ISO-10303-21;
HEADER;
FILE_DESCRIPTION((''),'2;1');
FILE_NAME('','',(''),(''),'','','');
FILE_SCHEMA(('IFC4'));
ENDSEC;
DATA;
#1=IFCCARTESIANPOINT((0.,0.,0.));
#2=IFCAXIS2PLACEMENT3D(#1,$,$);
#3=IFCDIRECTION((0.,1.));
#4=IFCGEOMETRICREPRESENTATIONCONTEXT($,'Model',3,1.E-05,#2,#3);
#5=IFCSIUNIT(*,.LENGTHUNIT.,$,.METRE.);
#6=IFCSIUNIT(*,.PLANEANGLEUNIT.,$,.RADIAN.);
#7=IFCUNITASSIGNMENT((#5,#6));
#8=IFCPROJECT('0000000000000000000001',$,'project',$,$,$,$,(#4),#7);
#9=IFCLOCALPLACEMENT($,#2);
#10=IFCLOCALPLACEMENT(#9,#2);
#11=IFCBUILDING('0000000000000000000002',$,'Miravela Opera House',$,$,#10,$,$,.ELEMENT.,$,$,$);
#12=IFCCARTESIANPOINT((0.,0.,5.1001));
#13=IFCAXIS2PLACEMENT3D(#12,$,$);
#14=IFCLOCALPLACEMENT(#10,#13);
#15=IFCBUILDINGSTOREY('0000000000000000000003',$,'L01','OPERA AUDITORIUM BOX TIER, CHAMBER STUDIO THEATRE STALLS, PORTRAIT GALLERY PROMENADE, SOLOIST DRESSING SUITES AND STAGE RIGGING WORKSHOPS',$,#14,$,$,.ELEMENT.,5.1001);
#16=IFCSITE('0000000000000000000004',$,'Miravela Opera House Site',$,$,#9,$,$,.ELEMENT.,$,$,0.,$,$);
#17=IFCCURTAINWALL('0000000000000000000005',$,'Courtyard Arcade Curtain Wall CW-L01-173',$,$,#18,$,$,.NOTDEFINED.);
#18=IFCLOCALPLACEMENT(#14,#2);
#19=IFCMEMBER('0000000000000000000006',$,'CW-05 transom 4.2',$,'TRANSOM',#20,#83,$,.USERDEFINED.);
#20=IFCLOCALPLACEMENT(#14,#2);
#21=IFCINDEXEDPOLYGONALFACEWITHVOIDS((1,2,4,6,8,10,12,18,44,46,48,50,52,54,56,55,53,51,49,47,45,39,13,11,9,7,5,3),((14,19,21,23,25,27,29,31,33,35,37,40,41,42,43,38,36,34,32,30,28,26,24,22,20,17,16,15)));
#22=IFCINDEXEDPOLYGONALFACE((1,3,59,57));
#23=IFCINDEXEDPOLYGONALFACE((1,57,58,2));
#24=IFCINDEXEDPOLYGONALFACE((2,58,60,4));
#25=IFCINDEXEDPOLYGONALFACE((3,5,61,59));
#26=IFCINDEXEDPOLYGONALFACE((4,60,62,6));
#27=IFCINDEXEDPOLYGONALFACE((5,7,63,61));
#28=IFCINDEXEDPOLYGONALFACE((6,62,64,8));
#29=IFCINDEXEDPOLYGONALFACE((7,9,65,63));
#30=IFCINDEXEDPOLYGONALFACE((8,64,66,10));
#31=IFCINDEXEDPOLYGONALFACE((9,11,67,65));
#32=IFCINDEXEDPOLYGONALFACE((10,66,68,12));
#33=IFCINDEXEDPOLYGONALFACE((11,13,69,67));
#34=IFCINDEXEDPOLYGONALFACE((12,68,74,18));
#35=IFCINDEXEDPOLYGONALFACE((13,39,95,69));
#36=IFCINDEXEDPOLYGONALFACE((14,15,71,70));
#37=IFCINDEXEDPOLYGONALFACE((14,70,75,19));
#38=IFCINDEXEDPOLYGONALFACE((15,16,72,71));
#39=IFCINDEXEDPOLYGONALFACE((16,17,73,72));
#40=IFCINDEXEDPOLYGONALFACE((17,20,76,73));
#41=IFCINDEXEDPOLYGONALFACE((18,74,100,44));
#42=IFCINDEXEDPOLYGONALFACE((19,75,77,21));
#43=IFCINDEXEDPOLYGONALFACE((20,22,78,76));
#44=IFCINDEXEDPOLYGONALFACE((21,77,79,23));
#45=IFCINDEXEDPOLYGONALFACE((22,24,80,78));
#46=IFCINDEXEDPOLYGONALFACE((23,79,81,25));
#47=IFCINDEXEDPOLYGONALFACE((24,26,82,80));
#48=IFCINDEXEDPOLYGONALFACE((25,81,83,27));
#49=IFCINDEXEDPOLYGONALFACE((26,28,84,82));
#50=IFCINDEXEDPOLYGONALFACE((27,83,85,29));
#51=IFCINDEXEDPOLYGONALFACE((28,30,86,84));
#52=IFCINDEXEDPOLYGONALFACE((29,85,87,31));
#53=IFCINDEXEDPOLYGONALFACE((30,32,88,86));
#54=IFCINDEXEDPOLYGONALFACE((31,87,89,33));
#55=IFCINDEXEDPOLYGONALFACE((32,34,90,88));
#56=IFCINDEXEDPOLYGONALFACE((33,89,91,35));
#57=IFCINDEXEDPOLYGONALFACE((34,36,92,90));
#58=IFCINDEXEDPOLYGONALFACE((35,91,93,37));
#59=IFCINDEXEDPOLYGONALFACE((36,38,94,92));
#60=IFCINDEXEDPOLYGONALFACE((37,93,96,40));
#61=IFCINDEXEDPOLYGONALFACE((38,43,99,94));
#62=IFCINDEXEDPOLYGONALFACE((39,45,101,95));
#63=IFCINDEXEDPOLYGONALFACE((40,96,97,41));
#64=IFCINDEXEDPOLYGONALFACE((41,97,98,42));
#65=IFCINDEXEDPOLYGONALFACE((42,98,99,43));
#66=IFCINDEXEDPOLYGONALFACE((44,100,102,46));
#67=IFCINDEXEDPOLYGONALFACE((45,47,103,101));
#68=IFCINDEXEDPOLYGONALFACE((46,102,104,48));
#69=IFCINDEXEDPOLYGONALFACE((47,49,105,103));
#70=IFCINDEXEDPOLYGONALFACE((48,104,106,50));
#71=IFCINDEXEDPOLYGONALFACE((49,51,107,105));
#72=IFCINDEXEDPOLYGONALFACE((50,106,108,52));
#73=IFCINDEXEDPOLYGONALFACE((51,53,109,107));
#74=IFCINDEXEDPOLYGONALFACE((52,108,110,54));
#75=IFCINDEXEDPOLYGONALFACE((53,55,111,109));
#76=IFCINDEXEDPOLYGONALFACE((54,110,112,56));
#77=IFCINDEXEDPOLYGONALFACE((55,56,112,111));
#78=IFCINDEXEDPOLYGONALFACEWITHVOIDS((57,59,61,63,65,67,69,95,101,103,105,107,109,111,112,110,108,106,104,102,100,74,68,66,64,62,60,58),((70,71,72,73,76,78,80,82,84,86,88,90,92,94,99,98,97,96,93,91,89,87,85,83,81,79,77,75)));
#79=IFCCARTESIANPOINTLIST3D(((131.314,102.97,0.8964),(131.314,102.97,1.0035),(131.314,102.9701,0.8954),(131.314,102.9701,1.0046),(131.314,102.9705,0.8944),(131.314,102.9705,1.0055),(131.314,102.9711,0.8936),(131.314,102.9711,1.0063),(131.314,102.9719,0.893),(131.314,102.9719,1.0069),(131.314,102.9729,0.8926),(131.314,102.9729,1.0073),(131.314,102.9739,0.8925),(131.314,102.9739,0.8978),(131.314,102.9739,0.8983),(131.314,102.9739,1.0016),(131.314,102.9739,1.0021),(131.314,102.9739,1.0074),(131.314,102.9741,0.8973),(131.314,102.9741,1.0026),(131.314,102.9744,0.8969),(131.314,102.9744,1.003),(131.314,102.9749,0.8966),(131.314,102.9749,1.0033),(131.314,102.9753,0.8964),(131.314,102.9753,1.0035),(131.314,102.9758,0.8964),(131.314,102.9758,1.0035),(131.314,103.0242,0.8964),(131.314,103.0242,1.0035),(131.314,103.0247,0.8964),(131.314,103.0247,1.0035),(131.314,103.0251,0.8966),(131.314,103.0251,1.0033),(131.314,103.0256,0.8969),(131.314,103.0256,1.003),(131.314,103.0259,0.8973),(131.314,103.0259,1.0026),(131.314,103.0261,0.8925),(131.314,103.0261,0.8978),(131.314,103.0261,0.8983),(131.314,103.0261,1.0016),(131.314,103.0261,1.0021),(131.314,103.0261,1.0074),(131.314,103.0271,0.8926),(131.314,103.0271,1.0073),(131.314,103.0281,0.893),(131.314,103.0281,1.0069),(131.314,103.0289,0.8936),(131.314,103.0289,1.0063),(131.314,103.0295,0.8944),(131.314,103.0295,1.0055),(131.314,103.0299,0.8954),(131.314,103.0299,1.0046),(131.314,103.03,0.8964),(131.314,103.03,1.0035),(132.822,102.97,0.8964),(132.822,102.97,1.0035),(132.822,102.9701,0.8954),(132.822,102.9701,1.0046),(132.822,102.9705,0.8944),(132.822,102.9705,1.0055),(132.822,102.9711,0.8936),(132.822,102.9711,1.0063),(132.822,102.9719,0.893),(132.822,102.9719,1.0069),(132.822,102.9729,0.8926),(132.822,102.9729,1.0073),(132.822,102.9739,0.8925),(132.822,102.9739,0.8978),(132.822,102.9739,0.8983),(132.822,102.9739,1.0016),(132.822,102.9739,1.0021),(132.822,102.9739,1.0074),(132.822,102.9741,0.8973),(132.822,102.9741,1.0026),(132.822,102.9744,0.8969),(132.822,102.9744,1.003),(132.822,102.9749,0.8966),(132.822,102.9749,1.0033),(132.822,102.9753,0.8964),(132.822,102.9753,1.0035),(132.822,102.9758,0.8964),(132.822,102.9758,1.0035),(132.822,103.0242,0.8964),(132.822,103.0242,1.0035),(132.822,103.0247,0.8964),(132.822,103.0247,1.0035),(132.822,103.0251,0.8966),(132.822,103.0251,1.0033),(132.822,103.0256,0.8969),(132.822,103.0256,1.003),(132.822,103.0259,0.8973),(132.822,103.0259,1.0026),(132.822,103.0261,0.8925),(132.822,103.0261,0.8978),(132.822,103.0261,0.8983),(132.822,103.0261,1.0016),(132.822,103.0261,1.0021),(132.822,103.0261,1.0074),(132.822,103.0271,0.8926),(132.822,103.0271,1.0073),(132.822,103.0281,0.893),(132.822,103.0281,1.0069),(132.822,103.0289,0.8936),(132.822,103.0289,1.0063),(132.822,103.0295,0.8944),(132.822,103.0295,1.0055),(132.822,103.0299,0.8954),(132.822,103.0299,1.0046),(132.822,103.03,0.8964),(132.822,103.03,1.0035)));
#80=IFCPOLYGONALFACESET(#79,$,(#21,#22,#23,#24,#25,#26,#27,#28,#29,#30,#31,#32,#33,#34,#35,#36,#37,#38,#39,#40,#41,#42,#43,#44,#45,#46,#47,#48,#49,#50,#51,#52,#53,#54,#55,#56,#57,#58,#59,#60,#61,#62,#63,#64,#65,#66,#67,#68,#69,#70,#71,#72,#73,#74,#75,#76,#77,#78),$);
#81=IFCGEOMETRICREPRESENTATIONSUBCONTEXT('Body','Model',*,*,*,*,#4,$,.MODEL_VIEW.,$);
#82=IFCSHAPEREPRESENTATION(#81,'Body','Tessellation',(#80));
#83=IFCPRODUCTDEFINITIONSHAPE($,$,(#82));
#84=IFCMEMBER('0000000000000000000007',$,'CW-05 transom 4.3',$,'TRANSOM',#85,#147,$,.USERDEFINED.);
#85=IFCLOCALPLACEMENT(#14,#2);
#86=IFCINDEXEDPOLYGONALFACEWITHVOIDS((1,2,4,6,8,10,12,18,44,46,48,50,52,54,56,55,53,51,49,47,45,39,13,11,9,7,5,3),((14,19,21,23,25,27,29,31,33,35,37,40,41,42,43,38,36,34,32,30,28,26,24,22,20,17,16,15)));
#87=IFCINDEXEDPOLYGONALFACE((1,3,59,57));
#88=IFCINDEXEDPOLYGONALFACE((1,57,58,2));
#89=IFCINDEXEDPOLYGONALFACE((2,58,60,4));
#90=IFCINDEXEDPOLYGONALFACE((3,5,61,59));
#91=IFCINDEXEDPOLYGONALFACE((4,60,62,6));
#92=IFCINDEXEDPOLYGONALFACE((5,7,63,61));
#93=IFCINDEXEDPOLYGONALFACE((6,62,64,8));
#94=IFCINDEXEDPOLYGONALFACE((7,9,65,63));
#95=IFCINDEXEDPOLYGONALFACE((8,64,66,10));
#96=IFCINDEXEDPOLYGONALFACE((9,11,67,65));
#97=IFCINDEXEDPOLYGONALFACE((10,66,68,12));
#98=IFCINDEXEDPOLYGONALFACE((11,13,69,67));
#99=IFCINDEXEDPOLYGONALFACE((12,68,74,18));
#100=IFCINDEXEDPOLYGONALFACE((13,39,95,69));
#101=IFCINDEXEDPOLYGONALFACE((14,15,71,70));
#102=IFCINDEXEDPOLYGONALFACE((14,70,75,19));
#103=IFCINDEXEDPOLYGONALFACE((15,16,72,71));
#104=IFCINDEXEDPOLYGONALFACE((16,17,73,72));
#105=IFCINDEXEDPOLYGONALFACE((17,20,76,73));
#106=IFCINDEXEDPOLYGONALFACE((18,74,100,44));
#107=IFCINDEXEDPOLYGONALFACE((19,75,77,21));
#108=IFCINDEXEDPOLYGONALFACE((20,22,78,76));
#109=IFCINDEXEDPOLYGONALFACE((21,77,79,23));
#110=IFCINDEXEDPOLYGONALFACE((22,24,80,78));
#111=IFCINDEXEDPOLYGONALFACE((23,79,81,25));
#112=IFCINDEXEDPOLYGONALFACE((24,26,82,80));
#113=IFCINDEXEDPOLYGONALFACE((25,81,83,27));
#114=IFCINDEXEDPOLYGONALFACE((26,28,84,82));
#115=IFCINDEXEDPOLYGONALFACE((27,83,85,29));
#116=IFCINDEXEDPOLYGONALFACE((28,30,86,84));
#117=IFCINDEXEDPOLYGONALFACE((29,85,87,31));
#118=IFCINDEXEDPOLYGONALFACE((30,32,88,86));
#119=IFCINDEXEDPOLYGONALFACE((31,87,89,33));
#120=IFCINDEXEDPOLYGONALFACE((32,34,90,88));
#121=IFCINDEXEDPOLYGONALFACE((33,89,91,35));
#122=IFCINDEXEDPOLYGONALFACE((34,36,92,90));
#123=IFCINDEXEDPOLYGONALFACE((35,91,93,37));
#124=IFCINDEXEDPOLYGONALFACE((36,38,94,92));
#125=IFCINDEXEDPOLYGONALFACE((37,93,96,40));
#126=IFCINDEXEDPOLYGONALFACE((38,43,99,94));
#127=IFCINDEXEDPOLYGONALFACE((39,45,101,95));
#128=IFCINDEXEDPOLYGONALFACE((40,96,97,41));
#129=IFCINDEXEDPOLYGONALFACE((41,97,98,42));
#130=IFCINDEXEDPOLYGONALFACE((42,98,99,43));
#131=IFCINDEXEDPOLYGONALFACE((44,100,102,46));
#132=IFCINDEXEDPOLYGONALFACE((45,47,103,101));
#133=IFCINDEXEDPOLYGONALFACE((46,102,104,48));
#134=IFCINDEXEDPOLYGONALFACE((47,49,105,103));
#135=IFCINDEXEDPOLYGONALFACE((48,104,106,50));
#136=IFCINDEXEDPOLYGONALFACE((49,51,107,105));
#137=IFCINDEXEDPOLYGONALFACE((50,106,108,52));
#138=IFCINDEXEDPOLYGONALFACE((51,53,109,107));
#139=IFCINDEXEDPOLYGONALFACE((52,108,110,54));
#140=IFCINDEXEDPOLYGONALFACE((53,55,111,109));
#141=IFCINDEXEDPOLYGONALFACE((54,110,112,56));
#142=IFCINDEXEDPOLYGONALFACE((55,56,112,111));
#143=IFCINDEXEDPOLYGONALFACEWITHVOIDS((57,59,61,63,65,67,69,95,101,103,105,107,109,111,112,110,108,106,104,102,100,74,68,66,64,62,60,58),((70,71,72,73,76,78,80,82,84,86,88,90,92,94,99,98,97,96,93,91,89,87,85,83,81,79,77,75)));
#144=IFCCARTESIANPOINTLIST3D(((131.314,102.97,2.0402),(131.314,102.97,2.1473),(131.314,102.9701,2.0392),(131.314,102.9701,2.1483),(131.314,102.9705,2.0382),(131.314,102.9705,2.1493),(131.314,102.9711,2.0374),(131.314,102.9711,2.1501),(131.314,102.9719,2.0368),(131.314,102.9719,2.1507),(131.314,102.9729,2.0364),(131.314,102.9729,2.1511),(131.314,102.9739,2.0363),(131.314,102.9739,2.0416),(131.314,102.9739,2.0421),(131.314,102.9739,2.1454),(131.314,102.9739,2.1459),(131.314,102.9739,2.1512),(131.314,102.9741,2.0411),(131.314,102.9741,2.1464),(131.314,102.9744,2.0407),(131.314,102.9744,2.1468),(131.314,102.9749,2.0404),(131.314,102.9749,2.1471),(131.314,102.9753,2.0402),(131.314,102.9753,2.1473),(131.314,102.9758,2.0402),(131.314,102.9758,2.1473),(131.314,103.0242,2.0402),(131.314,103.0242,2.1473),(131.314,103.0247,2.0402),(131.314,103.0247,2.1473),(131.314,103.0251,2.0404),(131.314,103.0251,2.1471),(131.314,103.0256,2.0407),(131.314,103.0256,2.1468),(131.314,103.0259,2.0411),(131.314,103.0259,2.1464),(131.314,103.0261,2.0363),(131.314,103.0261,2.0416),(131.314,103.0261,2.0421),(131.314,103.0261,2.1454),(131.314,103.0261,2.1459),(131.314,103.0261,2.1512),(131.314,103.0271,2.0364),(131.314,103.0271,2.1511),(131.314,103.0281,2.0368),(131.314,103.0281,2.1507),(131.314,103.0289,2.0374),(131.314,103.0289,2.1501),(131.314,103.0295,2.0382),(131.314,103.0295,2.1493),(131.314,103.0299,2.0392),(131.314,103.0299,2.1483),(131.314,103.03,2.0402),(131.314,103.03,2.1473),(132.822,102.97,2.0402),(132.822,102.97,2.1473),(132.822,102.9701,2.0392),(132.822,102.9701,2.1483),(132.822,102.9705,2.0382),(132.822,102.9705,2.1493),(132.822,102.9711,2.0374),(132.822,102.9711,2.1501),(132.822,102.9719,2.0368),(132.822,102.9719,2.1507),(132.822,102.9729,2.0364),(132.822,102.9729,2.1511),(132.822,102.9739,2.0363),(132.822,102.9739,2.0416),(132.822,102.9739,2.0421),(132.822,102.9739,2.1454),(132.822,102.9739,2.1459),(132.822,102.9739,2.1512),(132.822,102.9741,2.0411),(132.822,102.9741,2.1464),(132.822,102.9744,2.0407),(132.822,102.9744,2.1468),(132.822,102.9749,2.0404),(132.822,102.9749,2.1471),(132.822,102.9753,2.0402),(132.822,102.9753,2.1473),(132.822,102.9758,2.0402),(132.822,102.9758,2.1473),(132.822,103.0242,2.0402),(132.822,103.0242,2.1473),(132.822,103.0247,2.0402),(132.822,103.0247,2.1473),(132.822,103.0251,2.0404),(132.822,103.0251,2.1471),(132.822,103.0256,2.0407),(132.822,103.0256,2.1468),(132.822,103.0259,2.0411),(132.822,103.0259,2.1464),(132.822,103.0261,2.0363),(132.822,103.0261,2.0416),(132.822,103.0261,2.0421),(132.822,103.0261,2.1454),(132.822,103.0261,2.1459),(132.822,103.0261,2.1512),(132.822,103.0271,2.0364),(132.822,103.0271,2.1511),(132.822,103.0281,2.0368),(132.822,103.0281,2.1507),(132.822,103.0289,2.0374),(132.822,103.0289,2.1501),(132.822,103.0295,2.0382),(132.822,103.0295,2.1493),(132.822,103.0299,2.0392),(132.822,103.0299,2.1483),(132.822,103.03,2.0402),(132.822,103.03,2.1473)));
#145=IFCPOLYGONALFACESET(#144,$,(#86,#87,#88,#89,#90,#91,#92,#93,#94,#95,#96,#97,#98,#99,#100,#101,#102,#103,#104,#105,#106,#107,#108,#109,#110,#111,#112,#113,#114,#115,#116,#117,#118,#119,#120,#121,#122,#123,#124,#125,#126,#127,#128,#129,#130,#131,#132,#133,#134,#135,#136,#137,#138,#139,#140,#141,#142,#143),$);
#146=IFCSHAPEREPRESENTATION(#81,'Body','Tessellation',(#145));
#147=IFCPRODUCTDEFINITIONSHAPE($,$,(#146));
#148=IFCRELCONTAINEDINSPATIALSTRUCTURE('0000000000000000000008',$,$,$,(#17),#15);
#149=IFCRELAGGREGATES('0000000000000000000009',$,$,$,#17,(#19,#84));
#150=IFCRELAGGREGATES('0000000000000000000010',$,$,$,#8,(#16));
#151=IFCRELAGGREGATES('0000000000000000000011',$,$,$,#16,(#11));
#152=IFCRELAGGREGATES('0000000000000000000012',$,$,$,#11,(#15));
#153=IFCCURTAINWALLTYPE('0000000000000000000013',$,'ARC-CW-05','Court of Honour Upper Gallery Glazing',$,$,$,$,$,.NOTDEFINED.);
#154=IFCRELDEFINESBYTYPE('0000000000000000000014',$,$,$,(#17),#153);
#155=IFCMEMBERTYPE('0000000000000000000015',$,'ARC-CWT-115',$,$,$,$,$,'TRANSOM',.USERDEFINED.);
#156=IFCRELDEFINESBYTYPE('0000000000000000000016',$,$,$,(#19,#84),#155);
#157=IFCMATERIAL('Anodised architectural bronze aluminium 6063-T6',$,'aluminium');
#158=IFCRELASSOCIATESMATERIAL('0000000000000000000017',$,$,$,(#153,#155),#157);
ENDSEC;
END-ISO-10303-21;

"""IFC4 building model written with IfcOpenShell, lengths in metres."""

from ifc_helpers import new_model, si_unit, direction, frame, origin, origin_2d, place, context, subcontext, project, spatial, hollow_rectangle, extrude, material, material_profile, profile_set, type_object, element, aggregate, save


model = new_model("IFC4")

# Units and contexts
model_context = context("Model", 3, precision=1e-05, world=origin(), true_north=direction((0.0, 1.0)))
body_context = subcontext(model_context, "Body", "Model", "MODEL_VIEW")
ifc_project = project(units=[si_unit("LENGTHUNIT", "METRE"), si_unit("PLANEANGLEUNIT", "RADIAN")], contexts=[model_context])

# Site, building, storey
site_placement = place(None, origin())
site = spatial("IfcSite", under=ifc_project, at=site_placement, Name="Miravela Opera House Site", CompositionType="ELEMENT", RefElevation=0.0)
building_placement = place(site_placement, origin())
building = spatial("IfcBuilding", under=site, at=building_placement, Name="Miravela Opera House", CompositionType="ELEMENT")
storey_placement = place(building_placement, frame((0.0, 0.0, 5.1001)))
storey = spatial("IfcBuildingStorey", under=building, at=storey_placement, Name="L01", Description="OPERA AUDITORIUM BOX TIER, CHAMBER STUDIO THEATRE STALLS, PORTRAIT GALLERY PROMENADE, SOLOIST DRESSING SUITES AND STAGE RIGGING WORKSHOPS", CompositionType="ELEMENT", Elevation=5.1001)

# Curtain wall
ifc_material_1 = material(Name="Anodised architectural bronze aluminium 6063-T6", Category="aluminium")
curtain_wall_type = type_object("IfcCurtainWallType", Name="ARC-CW-05", Description="Court of Honour Upper Gallery Glazing", PredefinedType="NOTDEFINED", material=ifc_material_1)
curtain_wall_1_placement = place(storey_placement, origin())
curtain_wall_1 = element("IfcCurtainWall", 1, at=curtain_wall_1_placement, inside=storey, type_object=curtain_wall_type, Name="Courtyard Arcade Curtain Wall CW-L01-173", PredefinedType="NOTDEFINED")

# Members
ifc_material_profile_1 = material_profile(ifc_material_1, hollow_rectangle(XDim=0.0601, YDim=0.115, WallThickness=0.0039, InnerFilletRadius=0.002, OuterFilletRadius=0.0039, at=origin_2d()), Name="CWT-60X115")
ifc_profile_set_1 = profile_set([ifc_material_profile_1])
member_type_1 = type_object("IfcMemberType", Name="ARC-CWT-115", ElementType="TRANSOM", PredefinedType="USERDEFINED", material=ifc_profile_set_1)
member_1_placement = place(storey_placement, frame((131.314, 103.0, 0.95), z_axis=(1.0, 0.0, 0.0), x_axis=(0.0, 1.0, 0.0)))
member_1 = element("IfcMember", 2, at=member_1_placement, type_object=member_type_1, Name="CW-05 transom 4.2", ObjectType="TRANSOM", PredefinedType="USERDEFINED", context=body_context, shape_type="SweptSolid", body=[
    extrude(hollow_rectangle(XDim=0.0601, YDim=0.115, WallThickness=0.0039, InnerFilletRadius=0.002, OuterFilletRadius=0.0039, at=origin_2d()), origin(), (0.0, 0.0, 1.0), 1.5081),
])
member_2_placement = place(storey_placement, frame((131.314, 103.0, 2.0938), z_axis=(1.0, 0.0, 0.0), x_axis=(0.0, 1.0, 0.0)))
member_2 = element("IfcMember", 3, at=member_2_placement, type_object=member_type_1, Name="CW-05 transom 4.3", ObjectType="TRANSOM", PredefinedType="USERDEFINED", context=body_context, shape_type="SweptSolid", body=[
    extrude(hollow_rectangle(XDim=0.0601, YDim=0.115, WallThickness=0.0039, InnerFilletRadius=0.002, OuterFilletRadius=0.0039, at=origin_2d()), origin(), (0.0, 0.0, 1.0), 1.5081),
])

aggregate(curtain_wall_1, [member_1, member_2])

save(model, "model.ifc")
